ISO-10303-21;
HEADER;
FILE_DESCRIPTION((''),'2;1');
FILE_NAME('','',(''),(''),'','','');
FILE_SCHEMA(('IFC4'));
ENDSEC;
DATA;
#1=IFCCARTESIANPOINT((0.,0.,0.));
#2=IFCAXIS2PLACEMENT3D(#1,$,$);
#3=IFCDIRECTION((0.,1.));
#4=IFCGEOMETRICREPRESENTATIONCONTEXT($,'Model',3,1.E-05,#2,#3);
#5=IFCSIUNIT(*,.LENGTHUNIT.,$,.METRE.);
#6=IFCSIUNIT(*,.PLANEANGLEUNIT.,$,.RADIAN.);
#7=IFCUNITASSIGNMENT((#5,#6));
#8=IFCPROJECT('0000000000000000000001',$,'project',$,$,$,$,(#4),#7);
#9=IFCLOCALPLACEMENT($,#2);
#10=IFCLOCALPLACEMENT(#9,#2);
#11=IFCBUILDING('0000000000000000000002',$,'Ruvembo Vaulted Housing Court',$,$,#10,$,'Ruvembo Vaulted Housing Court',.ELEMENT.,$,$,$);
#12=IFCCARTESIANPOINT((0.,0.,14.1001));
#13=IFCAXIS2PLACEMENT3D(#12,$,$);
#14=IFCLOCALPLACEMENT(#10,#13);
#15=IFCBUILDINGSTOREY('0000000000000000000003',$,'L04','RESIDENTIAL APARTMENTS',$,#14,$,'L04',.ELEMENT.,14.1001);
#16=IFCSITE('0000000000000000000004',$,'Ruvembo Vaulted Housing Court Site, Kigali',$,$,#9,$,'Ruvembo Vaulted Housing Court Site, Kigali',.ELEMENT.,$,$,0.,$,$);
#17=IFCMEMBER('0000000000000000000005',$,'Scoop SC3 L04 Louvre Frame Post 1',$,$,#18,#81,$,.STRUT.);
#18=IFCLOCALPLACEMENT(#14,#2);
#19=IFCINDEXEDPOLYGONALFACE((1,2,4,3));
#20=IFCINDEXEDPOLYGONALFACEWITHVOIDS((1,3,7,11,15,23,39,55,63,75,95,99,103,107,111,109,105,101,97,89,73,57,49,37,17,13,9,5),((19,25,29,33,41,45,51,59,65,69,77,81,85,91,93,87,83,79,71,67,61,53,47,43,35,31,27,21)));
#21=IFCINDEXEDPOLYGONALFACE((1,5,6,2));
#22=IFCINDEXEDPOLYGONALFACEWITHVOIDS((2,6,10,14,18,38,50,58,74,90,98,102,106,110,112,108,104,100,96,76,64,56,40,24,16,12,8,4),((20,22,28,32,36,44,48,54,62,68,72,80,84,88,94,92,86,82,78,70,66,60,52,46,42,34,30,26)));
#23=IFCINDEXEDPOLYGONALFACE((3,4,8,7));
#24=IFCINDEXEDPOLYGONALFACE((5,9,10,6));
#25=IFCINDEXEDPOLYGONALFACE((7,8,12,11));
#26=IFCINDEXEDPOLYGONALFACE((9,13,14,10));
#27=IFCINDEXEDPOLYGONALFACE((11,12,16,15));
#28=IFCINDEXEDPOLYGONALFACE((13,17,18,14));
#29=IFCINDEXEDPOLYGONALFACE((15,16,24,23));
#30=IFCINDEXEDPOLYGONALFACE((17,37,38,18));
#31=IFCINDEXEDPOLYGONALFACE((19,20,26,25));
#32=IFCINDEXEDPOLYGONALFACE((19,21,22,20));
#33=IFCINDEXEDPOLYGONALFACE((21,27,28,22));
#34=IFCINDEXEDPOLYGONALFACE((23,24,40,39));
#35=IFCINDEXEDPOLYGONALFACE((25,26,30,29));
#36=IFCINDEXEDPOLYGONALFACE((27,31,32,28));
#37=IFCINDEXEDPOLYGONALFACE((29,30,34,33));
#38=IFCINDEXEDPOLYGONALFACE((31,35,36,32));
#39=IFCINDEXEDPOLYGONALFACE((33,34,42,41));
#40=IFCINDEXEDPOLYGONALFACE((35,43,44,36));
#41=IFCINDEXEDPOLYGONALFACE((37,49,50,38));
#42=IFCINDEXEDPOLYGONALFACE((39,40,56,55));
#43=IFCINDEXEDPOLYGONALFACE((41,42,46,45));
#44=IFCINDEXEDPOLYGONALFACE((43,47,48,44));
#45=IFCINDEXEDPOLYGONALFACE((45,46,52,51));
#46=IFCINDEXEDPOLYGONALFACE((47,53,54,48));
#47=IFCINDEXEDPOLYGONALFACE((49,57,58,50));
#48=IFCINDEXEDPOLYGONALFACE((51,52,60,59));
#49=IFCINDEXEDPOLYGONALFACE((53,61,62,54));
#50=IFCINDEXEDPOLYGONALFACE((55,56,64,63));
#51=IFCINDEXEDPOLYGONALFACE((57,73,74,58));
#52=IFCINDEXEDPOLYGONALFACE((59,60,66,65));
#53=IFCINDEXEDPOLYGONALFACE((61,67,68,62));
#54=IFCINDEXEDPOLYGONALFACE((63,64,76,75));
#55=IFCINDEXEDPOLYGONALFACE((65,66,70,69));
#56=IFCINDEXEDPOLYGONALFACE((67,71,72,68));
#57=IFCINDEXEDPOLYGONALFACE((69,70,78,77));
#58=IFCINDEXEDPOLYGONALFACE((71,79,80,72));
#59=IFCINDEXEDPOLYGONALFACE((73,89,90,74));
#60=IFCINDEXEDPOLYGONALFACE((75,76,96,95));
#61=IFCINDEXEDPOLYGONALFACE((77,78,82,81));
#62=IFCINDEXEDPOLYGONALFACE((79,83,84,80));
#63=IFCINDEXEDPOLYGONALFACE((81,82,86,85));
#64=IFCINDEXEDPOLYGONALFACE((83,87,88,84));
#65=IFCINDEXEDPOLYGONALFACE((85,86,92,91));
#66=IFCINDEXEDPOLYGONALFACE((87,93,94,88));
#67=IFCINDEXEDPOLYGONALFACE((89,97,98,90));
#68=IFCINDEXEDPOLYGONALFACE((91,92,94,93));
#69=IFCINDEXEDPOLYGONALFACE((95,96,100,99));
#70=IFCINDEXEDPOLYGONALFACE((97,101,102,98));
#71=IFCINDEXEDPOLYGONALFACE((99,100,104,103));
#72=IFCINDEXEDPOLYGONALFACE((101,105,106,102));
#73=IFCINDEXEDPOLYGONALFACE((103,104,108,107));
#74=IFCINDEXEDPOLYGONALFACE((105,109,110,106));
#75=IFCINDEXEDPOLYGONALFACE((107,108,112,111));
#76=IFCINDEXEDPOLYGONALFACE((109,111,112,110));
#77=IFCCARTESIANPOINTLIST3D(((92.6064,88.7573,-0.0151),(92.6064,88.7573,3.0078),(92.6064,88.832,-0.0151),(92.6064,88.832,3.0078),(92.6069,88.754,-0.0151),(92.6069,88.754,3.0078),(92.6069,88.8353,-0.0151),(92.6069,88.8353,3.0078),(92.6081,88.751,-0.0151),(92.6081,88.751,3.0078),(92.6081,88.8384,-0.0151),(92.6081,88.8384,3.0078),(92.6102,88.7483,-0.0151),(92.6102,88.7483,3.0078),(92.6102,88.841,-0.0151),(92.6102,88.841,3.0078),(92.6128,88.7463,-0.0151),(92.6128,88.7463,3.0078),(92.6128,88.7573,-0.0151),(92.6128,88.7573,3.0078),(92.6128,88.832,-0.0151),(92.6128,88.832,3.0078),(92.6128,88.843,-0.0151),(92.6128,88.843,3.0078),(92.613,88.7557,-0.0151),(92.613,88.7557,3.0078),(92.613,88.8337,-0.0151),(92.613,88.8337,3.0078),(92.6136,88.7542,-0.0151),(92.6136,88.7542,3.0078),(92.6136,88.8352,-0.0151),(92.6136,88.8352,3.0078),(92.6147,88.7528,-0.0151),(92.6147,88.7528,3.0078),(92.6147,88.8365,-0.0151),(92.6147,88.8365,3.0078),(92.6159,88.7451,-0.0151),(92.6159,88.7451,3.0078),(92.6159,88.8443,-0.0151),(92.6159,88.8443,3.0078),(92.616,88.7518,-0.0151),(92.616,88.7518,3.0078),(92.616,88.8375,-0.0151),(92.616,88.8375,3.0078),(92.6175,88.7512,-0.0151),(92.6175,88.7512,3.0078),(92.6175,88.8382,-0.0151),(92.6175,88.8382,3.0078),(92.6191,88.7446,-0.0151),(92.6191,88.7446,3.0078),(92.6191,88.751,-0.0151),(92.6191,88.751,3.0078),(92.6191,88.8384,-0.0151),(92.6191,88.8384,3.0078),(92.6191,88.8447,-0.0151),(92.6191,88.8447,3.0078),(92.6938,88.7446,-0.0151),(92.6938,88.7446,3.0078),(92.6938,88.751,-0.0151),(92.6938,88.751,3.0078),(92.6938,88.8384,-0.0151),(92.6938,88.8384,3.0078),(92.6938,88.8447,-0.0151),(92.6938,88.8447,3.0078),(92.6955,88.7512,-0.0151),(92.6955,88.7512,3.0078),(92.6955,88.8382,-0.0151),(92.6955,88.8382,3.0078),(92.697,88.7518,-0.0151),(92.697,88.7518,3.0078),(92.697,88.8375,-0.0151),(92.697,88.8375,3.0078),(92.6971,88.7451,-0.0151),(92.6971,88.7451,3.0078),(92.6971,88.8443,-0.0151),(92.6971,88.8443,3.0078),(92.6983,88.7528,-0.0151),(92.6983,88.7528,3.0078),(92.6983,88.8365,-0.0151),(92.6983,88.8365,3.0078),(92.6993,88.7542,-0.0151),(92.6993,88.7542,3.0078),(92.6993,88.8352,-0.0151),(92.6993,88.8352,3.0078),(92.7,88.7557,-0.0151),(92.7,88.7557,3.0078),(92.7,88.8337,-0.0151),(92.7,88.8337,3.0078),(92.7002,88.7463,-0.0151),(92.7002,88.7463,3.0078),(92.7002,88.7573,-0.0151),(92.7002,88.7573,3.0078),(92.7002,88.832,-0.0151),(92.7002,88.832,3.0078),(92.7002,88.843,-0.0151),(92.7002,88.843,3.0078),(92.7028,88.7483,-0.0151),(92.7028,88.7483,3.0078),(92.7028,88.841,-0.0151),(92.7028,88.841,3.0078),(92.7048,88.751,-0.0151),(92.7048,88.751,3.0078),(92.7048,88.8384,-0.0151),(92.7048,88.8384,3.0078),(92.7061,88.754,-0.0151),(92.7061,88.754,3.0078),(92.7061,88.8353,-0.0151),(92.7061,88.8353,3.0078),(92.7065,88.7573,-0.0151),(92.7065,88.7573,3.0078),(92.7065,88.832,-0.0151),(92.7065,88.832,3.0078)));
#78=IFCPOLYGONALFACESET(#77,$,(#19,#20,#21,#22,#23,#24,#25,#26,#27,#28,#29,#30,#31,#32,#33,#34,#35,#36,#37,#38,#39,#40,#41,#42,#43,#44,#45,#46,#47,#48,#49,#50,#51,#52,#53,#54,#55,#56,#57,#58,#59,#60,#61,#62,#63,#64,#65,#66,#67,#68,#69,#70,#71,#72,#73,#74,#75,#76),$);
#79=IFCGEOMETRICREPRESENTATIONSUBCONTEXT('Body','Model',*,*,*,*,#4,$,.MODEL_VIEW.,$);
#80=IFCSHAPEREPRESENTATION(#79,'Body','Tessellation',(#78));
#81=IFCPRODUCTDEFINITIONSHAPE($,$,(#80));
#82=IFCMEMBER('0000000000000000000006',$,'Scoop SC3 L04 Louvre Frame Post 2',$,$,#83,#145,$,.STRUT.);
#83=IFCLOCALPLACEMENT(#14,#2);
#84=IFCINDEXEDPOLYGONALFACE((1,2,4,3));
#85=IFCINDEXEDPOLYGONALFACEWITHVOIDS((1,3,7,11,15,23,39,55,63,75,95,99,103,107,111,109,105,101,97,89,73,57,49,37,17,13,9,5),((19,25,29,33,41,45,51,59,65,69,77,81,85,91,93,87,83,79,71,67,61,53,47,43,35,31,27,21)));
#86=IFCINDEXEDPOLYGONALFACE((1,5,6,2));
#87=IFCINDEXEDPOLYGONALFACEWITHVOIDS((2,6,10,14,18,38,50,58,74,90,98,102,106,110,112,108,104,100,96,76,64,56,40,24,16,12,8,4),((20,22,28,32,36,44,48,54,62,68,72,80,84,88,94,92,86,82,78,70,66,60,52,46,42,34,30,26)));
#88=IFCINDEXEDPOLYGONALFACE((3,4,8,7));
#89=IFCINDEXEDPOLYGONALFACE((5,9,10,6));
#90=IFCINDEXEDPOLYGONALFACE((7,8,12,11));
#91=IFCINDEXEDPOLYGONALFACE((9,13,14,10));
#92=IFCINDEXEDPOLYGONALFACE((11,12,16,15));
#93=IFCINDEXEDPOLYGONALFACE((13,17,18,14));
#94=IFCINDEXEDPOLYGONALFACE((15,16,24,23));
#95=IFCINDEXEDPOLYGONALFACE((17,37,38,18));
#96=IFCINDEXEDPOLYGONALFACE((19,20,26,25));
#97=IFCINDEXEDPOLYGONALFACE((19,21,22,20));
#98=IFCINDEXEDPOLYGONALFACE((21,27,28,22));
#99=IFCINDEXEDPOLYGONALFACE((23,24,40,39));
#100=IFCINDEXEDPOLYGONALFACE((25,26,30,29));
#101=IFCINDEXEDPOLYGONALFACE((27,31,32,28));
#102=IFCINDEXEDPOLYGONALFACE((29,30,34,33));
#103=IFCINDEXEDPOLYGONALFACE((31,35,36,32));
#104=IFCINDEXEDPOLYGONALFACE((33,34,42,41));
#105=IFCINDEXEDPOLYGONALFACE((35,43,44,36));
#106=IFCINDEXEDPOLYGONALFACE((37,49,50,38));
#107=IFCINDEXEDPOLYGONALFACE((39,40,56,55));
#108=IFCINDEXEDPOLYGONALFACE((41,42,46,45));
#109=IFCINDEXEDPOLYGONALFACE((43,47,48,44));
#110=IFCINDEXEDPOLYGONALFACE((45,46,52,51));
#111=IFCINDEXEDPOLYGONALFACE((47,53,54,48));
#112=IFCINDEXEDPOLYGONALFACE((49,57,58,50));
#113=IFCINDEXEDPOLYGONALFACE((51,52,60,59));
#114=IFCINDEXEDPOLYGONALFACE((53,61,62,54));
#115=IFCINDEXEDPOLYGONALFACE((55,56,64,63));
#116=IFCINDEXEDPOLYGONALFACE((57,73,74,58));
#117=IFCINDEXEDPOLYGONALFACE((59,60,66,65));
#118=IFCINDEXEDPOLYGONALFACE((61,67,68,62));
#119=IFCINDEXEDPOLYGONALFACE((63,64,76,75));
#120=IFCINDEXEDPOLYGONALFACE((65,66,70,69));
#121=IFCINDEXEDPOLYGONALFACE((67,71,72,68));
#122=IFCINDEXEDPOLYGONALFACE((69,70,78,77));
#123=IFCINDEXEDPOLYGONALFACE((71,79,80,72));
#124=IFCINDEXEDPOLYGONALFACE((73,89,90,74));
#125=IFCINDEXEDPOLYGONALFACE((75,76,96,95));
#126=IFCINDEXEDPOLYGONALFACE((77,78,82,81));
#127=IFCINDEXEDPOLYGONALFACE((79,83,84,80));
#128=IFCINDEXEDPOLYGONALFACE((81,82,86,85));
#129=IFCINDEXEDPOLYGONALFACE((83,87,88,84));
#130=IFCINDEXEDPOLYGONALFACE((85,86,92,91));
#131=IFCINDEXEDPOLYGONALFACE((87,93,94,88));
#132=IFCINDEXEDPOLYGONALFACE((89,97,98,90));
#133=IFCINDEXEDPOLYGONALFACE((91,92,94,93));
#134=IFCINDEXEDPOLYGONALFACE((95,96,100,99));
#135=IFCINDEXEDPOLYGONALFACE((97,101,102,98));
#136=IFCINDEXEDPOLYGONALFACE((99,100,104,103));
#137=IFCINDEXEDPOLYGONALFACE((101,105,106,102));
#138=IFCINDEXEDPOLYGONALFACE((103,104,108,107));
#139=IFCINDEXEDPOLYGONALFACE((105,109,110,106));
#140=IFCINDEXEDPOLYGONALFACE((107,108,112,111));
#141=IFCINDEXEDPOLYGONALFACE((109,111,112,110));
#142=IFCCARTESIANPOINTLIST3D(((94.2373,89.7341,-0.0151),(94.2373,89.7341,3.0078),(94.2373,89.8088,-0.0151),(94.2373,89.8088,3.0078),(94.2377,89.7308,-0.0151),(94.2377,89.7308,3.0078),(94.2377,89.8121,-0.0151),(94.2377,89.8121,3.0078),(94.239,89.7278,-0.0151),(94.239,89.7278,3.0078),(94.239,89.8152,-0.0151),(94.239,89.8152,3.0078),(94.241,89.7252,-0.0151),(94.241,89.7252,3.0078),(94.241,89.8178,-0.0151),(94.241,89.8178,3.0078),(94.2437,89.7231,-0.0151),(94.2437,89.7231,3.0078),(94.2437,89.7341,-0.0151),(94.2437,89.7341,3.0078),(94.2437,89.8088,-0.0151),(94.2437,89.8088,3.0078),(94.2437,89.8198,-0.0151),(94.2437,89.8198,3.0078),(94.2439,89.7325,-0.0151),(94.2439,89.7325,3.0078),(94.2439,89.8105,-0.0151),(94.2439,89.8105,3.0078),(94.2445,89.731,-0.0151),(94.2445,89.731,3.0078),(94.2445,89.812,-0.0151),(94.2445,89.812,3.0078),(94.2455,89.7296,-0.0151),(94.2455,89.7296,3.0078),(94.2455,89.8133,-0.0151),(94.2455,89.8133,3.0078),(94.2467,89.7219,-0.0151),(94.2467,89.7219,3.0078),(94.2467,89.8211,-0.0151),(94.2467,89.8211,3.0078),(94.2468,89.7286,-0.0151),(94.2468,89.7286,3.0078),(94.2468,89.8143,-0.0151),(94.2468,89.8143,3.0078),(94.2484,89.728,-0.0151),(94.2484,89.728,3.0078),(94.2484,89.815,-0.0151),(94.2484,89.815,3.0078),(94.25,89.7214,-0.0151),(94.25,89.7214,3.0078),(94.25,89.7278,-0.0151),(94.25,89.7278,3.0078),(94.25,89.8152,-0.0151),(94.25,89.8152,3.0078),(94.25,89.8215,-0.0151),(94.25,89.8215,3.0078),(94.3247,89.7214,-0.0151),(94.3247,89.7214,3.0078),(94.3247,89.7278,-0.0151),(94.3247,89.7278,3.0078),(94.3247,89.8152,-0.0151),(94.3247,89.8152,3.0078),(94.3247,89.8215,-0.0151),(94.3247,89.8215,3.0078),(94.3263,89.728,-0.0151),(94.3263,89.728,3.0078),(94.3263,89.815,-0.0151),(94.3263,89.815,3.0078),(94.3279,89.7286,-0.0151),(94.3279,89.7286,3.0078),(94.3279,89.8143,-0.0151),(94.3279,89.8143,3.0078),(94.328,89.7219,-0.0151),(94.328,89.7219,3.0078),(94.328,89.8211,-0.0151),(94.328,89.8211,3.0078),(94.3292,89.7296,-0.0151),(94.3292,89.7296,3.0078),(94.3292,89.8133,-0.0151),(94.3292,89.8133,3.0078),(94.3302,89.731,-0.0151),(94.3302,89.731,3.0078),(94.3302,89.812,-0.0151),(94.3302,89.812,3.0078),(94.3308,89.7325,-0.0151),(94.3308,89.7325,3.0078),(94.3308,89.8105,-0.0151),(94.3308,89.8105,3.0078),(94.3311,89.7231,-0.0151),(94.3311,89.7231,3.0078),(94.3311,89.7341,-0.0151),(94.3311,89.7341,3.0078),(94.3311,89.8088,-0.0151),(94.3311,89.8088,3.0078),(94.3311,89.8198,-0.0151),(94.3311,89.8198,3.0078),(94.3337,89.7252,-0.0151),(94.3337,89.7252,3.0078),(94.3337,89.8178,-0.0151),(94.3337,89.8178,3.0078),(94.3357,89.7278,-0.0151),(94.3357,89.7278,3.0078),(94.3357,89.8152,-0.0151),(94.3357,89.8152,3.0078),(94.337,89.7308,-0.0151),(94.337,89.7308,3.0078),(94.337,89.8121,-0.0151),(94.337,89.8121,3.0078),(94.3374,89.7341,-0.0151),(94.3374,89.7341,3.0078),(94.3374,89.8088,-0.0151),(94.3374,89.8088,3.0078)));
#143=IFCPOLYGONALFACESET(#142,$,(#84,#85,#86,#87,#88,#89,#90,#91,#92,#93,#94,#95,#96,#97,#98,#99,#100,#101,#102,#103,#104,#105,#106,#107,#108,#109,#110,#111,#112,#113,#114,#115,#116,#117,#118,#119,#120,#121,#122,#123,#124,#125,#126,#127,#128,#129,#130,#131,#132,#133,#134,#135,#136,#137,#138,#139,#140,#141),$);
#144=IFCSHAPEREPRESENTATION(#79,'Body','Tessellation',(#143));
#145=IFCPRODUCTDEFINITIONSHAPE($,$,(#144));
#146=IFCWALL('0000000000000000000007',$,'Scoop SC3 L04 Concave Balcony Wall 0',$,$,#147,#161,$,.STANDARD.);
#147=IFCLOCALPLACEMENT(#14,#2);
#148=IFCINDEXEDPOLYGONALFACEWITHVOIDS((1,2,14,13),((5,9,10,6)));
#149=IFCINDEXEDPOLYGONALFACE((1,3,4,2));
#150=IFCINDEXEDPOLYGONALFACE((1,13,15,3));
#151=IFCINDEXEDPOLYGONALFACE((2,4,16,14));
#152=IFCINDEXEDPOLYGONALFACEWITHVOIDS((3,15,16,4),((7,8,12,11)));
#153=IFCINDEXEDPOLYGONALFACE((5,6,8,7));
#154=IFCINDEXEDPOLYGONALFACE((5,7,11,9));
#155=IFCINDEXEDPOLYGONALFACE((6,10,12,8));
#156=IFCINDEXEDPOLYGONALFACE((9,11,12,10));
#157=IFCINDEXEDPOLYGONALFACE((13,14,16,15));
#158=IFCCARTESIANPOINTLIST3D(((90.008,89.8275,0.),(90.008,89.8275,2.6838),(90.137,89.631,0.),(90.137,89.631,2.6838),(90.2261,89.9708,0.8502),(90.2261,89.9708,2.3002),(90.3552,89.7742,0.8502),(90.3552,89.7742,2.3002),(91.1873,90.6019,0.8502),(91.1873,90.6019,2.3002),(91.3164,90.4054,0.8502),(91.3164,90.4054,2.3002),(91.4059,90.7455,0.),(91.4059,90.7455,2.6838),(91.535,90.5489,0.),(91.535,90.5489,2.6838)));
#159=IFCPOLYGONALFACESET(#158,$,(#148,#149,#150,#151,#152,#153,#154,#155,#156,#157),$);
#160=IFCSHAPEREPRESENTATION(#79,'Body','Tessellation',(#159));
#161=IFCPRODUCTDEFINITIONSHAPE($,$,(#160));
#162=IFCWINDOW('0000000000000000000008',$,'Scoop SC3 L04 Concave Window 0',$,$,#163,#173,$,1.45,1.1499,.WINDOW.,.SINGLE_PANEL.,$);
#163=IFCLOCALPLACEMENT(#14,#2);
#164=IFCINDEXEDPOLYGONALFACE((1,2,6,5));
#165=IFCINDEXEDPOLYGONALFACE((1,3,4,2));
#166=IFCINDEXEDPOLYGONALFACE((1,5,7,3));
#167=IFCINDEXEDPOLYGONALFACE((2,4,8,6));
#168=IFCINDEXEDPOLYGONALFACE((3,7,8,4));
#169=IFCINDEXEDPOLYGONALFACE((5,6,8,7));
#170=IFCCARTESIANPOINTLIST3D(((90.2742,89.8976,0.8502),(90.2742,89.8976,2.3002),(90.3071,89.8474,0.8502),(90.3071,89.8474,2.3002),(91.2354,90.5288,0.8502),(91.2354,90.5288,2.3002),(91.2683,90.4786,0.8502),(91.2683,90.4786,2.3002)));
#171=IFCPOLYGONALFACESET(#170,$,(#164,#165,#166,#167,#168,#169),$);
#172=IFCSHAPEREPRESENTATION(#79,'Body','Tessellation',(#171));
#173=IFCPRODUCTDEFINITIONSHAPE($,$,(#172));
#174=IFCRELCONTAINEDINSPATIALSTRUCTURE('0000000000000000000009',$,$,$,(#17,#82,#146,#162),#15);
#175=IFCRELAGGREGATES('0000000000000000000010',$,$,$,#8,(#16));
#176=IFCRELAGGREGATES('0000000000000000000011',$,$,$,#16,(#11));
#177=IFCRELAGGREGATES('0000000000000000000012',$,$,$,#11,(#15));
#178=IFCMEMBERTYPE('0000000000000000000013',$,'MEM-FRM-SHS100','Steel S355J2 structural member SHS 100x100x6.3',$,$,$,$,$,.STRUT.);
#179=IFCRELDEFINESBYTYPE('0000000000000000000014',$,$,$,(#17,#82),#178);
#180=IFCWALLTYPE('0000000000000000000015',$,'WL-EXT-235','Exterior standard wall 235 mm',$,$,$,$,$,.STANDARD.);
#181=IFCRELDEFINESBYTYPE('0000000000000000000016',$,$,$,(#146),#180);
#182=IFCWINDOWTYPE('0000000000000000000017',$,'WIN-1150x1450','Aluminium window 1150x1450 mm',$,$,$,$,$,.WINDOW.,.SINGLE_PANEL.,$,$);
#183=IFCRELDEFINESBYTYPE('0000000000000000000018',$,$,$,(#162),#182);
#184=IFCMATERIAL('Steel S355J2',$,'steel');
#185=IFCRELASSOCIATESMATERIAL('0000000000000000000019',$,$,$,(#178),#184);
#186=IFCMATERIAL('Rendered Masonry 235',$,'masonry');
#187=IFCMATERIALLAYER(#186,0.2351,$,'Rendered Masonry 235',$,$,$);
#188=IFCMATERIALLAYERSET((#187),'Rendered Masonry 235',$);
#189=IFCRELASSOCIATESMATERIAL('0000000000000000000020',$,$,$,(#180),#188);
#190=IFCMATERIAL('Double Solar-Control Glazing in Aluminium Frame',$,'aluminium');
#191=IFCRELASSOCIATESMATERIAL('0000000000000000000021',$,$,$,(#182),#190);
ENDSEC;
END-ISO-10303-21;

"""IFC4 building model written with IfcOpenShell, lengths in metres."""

from ifc_helpers import new_model, si_unit, direction, frame, frame_2d, origin, origin_2d, place, context, subcontext, project, spatial, rectangle, hollow_rectangle, extrude, material, layer, layer_set, material_profile, profile_set, type_object, element, fill, save


model = new_model("IFC4")

# Units and contexts
model_context = context("Model", 3, precision=1e-05, world=origin(), true_north=direction((0.0, 1.0)))
body_context = subcontext(model_context, "Body", "Model", "MODEL_VIEW")
ifc_project = project(units=[si_unit("LENGTHUNIT", "METRE"), si_unit("PLANEANGLEUNIT", "RADIAN")], contexts=[model_context])

# Site, building, storey
site_placement = place(None, origin())
site = spatial("IfcSite", under=ifc_project, at=site_placement, Name="Ruvembo Vaulted Housing Court Site, Kigali", LongName="Ruvembo Vaulted Housing Court Site, Kigali", CompositionType="ELEMENT", RefElevation=0.0)
building_placement = place(site_placement, origin())
building = spatial("IfcBuilding", under=site, at=building_placement, Name="Ruvembo Vaulted Housing Court", LongName="Ruvembo Vaulted Housing Court", CompositionType="ELEMENT")
storey_placement = place(building_placement, frame((0.0, 0.0, 14.1001)))
storey = spatial("IfcBuildingStorey", under=building, at=storey_placement, Name="L04", Description="RESIDENTIAL APARTMENTS", LongName="L04", CompositionType="ELEMENT", Elevation=14.1001)

# Shared definitions
ifc_material_1 = material(Name="Steel S355J2", Category="steel")

# Members
ifc_material_profile_1 = material_profile(ifc_material_1, hollow_rectangle(XDim=0.1001, YDim=0.1001, WallThickness=0.0063, InnerFilletRadius=0.0063, OuterFilletRadius=0.0127, at=origin_2d()), Name="SHS 100x100x6.3")
ifc_profile_set_1 = profile_set([ifc_material_profile_1], Name="Steel S355J2")
member_type_1 = type_object("IfcMemberType", Name="MEM-FRM-SHS100", Description="Steel S355J2 structural member SHS 100x100x6.3", PredefinedType="STRUT", material=ifc_profile_set_1)
for number, where, z_axis, x_axis, name in (
    (1, (92.6565, 88.7947, -0.0151), (0.0, 0.0, 1.0), (1.0, 0.0, 0.0), "Scoop SC3 L04 Louvre Frame Post 1"),
    (2, (94.2874, 89.7715, -0.0151), (0.0, 0.0, 1.0), (1.0, 0.0, 0.0), "Scoop SC3 L04 Louvre Frame Post 2"),
):
    element("IfcMember", number, at=place(storey_placement, frame(where, z_axis=z_axis, x_axis=x_axis)), inside=storey, type_object=member_type_1, Name=name, PredefinedType="STRUT", context=body_context, shape_type="SweptSolid", body=[
        extrude(hollow_rectangle(XDim=0.1001, YDim=0.1001, WallThickness=0.0063, InnerFilletRadius=0.0063, OuterFilletRadius=0.0127, at=origin_2d()), origin(), (0.0, 0.0, 1.0), 3.0229),
    ])

# Wall, opening, window
ifc_material_2 = material(Name="Rendered Masonry 235", Category="masonry")
ifc_layer_1 = layer(ifc_material_2, 0.2351, Name="Rendered Masonry 235")
ifc_layer_set_1 = layer_set([ifc_layer_1], Name="Rendered Masonry 235")
wall_type = type_object("IfcWallType", Name="WL-EXT-235", Description="Exterior standard wall 235 mm", PredefinedType="STANDARD", material=ifc_layer_set_1)
wall_placement = place(storey_placement, frame((90.0725, 89.7292, 0.0), z_axis=(0.0, 0.0, 1.0), x_axis=(0.835893, 0.548892, 0.0)))
wall = element("IfcWall", 3, at=wall_placement, inside=storey, type_object=wall_type, Name="Scoop SC3 L04 Concave Balcony Wall 0", PredefinedType="STANDARD", context=body_context, shape_type="SweptSolid", body=[
    extrude(rectangle(XDim=1.6724, YDim=0.2351, at=frame_2d((0.8362, 0.0))), origin(), (0.0, 0.0, 1.0), 2.6838),
])
opening_placement = place(wall_placement, frame((0.261, 0.0, 0.8501)))
opening = element("IfcOpeningElement", 4, at=opening_placement, cuts=wall, PredefinedType="OPENING", context=body_context, shape_type="SweptSolid", body=[
    extrude(rectangle(XDim=1.1499, YDim=1.45, at=frame_2d((0.575, 0.7251))), frame((0.0, 0.1274, 0.0), z_axis=(0.0, -1.0, 0.0), x_axis=(1.0, 0.0, 0.0)), (0.0, 0.0, 1.0), 0.2551),
])
ifc_material_3 = material(Name="Double Solar-Control Glazing in Aluminium Frame", Category="aluminium")
window_type = type_object("IfcWindowType", Name="WIN-1150x1450", Description="Aluminium window 1150x1450 mm", PartitioningType="SINGLE_PANEL", PredefinedType="WINDOW", material=ifc_material_3)
window_placement = place(opening_placement, origin())
window = element("IfcWindow", 5, at=window_placement, inside=storey, type_object=window_type, Name="Scoop SC3 L04 Concave Window 0", OverallHeight=1.45, OverallWidth=1.1499, PartitioningType="SINGLE_PANEL", PredefinedType="WINDOW", context=body_context, shape_type="SweptSolid", body=[
    extrude(rectangle(XDim=1.1499, YDim=1.45, at=frame_2d((0.575, 0.7251))), frame((0.0, 0.03, 0.0), z_axis=(0.0, -1.0, 0.0), x_axis=(1.0, 0.0, 0.0)), (0.0, 0.0, 1.0), 0.0601),
])
fill(opening, window)

save(model, "model.ifc")
